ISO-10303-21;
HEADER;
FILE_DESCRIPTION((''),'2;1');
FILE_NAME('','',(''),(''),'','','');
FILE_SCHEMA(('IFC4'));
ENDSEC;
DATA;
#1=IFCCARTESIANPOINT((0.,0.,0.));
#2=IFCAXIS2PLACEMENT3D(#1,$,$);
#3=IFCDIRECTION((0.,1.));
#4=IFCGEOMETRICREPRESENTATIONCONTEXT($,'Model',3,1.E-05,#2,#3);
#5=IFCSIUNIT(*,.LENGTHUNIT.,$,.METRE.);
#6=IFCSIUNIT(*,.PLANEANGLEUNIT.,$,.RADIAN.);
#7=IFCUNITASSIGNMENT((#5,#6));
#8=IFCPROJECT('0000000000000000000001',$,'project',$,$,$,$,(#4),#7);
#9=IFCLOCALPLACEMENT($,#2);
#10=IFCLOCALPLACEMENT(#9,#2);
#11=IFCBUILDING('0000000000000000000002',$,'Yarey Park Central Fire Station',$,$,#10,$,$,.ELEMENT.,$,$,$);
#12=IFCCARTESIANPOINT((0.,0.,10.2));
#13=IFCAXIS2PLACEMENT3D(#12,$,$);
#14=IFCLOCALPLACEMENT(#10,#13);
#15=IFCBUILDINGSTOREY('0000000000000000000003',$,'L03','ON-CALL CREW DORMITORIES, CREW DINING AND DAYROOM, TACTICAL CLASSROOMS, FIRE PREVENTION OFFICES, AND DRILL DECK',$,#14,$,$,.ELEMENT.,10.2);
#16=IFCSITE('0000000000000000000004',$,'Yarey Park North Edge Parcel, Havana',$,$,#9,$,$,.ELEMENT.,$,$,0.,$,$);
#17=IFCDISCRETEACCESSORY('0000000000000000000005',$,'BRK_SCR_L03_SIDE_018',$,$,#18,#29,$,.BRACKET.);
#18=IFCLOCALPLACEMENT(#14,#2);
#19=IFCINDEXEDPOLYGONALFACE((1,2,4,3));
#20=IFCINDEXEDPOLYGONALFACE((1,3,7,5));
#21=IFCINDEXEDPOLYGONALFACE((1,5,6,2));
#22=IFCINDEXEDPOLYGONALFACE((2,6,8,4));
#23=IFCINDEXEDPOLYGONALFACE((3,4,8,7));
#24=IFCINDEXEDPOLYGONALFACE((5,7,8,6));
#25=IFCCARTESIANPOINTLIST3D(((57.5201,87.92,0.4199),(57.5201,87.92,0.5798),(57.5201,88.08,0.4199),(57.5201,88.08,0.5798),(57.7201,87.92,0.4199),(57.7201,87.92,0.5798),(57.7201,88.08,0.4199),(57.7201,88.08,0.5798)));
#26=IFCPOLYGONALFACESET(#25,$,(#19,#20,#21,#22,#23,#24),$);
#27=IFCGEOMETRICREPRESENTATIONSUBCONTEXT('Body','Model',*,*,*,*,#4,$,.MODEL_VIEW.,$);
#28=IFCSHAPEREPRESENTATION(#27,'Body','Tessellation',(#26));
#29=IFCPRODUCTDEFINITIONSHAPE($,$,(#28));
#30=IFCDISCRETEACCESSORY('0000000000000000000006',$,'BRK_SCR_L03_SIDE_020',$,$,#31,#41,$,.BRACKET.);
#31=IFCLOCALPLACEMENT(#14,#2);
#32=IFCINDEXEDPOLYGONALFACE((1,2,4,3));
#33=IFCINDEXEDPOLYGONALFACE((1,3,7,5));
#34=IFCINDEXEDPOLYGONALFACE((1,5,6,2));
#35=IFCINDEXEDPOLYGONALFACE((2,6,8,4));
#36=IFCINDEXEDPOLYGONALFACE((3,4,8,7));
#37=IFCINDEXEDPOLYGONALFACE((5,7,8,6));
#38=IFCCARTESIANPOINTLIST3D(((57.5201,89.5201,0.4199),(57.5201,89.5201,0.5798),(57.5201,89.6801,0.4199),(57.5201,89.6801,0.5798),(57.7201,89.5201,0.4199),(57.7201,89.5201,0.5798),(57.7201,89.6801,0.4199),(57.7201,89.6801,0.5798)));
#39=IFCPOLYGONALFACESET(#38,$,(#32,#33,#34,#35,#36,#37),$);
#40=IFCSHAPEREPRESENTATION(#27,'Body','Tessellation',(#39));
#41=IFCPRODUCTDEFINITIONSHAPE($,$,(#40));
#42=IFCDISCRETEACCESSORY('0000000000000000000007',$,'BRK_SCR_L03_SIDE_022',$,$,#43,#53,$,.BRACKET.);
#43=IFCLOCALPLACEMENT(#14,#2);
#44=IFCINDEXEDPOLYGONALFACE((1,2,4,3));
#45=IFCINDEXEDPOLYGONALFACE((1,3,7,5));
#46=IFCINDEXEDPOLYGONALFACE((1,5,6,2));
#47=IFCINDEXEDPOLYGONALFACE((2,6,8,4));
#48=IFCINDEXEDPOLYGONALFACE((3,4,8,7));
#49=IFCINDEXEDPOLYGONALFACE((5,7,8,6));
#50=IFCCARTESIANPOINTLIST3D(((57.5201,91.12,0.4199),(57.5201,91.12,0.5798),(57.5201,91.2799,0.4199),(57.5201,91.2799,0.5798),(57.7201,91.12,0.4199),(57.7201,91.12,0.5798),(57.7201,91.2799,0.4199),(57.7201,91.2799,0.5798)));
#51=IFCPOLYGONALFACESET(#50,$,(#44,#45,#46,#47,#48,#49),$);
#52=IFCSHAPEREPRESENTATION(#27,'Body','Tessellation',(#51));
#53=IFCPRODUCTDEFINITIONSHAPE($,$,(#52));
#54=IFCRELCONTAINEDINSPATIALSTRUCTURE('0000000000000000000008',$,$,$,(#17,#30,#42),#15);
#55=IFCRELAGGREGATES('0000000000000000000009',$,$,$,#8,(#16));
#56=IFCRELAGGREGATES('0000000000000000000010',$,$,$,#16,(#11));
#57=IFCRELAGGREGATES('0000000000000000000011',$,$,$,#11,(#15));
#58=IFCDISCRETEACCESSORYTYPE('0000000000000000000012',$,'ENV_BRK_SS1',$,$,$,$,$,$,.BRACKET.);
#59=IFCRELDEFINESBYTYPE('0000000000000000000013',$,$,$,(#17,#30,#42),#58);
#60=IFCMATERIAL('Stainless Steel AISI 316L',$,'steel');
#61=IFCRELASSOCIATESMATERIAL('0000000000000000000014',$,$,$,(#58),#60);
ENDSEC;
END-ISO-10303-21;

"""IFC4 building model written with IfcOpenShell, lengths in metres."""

from ifc_helpers import new_model, si_unit, direction, frame, origin, origin_2d, place, context, subcontext, project, spatial, rectangle, extrude, material, type_object, element, save


model = new_model("IFC4")

# Units and contexts
model_context = context("Model", 3, precision=1e-05, world=origin(), true_north=direction((0.0, 1.0)))
body_context = subcontext(model_context, "Body", "Model", "MODEL_VIEW")
ifc_project = project(units=[si_unit("LENGTHUNIT", "METRE"), si_unit("PLANEANGLEUNIT", "RADIAN")], contexts=[model_context])

# Site, building, storey
site_placement = place(None, origin())
site = spatial("IfcSite", under=ifc_project, at=site_placement, Name="Yarey Park North Edge Parcel, Havana", CompositionType="ELEMENT", RefElevation=0.0)
building_placement = place(site_placement, origin())
building = spatial("IfcBuilding", under=site, at=building_placement, Name="Yarey Park Central Fire Station", CompositionType="ELEMENT")
storey_placement = place(building_placement, frame((0.0, 0.0, 10.2)))
storey = spatial("IfcBuildingStorey", under=building, at=storey_placement, Name="L03", Description="ON-CALL CREW DORMITORIES, CREW DINING AND DAYROOM, TACTICAL CLASSROOMS, FIRE PREVENTION OFFICES, AND DRILL DECK", CompositionType="ELEMENT", Elevation=10.2)

# Discrete accessories
ifc_material_1 = material(Name="Stainless Steel AISI 316L", Category="steel")
discrete_accessory_type = type_object("IfcDiscreteAccessoryType", Name="ENV_BRK_SS1", PredefinedType="BRACKET", material=ifc_material_1)
for number, where, z_axis, x_axis, name in (
    (1, (57.6201, 88.0, 0.4199), (0.0, 0.0, 1.0), (1.0, 0.0, 0.0), "BRK_SCR_L03_SIDE_018"),
    (2, (57.6201, 89.6001, 0.4199), (0.0, 0.0, 1.0), (1.0, 0.0, 0.0), "BRK_SCR_L03_SIDE_020"),
    (3, (57.6201, 91.2, 0.4199), (0.0, 0.0, 1.0), (1.0, 0.0, 0.0), "BRK_SCR_L03_SIDE_022"),
):
    element("IfcDiscreteAccessory", number, at=place(storey_placement, frame(where, z_axis=z_axis, x_axis=x_axis)), inside=storey, type_object=discrete_accessory_type, Name=name, PredefinedType="BRACKET", context=body_context, shape_type="SweptSolid", body=[
        extrude(rectangle(XDim=0.2, YDim=0.1599, at=origin_2d()), origin(), (0.0, 0.0, 1.0), 0.1599),
    ])

save(model, "model.ifc")
